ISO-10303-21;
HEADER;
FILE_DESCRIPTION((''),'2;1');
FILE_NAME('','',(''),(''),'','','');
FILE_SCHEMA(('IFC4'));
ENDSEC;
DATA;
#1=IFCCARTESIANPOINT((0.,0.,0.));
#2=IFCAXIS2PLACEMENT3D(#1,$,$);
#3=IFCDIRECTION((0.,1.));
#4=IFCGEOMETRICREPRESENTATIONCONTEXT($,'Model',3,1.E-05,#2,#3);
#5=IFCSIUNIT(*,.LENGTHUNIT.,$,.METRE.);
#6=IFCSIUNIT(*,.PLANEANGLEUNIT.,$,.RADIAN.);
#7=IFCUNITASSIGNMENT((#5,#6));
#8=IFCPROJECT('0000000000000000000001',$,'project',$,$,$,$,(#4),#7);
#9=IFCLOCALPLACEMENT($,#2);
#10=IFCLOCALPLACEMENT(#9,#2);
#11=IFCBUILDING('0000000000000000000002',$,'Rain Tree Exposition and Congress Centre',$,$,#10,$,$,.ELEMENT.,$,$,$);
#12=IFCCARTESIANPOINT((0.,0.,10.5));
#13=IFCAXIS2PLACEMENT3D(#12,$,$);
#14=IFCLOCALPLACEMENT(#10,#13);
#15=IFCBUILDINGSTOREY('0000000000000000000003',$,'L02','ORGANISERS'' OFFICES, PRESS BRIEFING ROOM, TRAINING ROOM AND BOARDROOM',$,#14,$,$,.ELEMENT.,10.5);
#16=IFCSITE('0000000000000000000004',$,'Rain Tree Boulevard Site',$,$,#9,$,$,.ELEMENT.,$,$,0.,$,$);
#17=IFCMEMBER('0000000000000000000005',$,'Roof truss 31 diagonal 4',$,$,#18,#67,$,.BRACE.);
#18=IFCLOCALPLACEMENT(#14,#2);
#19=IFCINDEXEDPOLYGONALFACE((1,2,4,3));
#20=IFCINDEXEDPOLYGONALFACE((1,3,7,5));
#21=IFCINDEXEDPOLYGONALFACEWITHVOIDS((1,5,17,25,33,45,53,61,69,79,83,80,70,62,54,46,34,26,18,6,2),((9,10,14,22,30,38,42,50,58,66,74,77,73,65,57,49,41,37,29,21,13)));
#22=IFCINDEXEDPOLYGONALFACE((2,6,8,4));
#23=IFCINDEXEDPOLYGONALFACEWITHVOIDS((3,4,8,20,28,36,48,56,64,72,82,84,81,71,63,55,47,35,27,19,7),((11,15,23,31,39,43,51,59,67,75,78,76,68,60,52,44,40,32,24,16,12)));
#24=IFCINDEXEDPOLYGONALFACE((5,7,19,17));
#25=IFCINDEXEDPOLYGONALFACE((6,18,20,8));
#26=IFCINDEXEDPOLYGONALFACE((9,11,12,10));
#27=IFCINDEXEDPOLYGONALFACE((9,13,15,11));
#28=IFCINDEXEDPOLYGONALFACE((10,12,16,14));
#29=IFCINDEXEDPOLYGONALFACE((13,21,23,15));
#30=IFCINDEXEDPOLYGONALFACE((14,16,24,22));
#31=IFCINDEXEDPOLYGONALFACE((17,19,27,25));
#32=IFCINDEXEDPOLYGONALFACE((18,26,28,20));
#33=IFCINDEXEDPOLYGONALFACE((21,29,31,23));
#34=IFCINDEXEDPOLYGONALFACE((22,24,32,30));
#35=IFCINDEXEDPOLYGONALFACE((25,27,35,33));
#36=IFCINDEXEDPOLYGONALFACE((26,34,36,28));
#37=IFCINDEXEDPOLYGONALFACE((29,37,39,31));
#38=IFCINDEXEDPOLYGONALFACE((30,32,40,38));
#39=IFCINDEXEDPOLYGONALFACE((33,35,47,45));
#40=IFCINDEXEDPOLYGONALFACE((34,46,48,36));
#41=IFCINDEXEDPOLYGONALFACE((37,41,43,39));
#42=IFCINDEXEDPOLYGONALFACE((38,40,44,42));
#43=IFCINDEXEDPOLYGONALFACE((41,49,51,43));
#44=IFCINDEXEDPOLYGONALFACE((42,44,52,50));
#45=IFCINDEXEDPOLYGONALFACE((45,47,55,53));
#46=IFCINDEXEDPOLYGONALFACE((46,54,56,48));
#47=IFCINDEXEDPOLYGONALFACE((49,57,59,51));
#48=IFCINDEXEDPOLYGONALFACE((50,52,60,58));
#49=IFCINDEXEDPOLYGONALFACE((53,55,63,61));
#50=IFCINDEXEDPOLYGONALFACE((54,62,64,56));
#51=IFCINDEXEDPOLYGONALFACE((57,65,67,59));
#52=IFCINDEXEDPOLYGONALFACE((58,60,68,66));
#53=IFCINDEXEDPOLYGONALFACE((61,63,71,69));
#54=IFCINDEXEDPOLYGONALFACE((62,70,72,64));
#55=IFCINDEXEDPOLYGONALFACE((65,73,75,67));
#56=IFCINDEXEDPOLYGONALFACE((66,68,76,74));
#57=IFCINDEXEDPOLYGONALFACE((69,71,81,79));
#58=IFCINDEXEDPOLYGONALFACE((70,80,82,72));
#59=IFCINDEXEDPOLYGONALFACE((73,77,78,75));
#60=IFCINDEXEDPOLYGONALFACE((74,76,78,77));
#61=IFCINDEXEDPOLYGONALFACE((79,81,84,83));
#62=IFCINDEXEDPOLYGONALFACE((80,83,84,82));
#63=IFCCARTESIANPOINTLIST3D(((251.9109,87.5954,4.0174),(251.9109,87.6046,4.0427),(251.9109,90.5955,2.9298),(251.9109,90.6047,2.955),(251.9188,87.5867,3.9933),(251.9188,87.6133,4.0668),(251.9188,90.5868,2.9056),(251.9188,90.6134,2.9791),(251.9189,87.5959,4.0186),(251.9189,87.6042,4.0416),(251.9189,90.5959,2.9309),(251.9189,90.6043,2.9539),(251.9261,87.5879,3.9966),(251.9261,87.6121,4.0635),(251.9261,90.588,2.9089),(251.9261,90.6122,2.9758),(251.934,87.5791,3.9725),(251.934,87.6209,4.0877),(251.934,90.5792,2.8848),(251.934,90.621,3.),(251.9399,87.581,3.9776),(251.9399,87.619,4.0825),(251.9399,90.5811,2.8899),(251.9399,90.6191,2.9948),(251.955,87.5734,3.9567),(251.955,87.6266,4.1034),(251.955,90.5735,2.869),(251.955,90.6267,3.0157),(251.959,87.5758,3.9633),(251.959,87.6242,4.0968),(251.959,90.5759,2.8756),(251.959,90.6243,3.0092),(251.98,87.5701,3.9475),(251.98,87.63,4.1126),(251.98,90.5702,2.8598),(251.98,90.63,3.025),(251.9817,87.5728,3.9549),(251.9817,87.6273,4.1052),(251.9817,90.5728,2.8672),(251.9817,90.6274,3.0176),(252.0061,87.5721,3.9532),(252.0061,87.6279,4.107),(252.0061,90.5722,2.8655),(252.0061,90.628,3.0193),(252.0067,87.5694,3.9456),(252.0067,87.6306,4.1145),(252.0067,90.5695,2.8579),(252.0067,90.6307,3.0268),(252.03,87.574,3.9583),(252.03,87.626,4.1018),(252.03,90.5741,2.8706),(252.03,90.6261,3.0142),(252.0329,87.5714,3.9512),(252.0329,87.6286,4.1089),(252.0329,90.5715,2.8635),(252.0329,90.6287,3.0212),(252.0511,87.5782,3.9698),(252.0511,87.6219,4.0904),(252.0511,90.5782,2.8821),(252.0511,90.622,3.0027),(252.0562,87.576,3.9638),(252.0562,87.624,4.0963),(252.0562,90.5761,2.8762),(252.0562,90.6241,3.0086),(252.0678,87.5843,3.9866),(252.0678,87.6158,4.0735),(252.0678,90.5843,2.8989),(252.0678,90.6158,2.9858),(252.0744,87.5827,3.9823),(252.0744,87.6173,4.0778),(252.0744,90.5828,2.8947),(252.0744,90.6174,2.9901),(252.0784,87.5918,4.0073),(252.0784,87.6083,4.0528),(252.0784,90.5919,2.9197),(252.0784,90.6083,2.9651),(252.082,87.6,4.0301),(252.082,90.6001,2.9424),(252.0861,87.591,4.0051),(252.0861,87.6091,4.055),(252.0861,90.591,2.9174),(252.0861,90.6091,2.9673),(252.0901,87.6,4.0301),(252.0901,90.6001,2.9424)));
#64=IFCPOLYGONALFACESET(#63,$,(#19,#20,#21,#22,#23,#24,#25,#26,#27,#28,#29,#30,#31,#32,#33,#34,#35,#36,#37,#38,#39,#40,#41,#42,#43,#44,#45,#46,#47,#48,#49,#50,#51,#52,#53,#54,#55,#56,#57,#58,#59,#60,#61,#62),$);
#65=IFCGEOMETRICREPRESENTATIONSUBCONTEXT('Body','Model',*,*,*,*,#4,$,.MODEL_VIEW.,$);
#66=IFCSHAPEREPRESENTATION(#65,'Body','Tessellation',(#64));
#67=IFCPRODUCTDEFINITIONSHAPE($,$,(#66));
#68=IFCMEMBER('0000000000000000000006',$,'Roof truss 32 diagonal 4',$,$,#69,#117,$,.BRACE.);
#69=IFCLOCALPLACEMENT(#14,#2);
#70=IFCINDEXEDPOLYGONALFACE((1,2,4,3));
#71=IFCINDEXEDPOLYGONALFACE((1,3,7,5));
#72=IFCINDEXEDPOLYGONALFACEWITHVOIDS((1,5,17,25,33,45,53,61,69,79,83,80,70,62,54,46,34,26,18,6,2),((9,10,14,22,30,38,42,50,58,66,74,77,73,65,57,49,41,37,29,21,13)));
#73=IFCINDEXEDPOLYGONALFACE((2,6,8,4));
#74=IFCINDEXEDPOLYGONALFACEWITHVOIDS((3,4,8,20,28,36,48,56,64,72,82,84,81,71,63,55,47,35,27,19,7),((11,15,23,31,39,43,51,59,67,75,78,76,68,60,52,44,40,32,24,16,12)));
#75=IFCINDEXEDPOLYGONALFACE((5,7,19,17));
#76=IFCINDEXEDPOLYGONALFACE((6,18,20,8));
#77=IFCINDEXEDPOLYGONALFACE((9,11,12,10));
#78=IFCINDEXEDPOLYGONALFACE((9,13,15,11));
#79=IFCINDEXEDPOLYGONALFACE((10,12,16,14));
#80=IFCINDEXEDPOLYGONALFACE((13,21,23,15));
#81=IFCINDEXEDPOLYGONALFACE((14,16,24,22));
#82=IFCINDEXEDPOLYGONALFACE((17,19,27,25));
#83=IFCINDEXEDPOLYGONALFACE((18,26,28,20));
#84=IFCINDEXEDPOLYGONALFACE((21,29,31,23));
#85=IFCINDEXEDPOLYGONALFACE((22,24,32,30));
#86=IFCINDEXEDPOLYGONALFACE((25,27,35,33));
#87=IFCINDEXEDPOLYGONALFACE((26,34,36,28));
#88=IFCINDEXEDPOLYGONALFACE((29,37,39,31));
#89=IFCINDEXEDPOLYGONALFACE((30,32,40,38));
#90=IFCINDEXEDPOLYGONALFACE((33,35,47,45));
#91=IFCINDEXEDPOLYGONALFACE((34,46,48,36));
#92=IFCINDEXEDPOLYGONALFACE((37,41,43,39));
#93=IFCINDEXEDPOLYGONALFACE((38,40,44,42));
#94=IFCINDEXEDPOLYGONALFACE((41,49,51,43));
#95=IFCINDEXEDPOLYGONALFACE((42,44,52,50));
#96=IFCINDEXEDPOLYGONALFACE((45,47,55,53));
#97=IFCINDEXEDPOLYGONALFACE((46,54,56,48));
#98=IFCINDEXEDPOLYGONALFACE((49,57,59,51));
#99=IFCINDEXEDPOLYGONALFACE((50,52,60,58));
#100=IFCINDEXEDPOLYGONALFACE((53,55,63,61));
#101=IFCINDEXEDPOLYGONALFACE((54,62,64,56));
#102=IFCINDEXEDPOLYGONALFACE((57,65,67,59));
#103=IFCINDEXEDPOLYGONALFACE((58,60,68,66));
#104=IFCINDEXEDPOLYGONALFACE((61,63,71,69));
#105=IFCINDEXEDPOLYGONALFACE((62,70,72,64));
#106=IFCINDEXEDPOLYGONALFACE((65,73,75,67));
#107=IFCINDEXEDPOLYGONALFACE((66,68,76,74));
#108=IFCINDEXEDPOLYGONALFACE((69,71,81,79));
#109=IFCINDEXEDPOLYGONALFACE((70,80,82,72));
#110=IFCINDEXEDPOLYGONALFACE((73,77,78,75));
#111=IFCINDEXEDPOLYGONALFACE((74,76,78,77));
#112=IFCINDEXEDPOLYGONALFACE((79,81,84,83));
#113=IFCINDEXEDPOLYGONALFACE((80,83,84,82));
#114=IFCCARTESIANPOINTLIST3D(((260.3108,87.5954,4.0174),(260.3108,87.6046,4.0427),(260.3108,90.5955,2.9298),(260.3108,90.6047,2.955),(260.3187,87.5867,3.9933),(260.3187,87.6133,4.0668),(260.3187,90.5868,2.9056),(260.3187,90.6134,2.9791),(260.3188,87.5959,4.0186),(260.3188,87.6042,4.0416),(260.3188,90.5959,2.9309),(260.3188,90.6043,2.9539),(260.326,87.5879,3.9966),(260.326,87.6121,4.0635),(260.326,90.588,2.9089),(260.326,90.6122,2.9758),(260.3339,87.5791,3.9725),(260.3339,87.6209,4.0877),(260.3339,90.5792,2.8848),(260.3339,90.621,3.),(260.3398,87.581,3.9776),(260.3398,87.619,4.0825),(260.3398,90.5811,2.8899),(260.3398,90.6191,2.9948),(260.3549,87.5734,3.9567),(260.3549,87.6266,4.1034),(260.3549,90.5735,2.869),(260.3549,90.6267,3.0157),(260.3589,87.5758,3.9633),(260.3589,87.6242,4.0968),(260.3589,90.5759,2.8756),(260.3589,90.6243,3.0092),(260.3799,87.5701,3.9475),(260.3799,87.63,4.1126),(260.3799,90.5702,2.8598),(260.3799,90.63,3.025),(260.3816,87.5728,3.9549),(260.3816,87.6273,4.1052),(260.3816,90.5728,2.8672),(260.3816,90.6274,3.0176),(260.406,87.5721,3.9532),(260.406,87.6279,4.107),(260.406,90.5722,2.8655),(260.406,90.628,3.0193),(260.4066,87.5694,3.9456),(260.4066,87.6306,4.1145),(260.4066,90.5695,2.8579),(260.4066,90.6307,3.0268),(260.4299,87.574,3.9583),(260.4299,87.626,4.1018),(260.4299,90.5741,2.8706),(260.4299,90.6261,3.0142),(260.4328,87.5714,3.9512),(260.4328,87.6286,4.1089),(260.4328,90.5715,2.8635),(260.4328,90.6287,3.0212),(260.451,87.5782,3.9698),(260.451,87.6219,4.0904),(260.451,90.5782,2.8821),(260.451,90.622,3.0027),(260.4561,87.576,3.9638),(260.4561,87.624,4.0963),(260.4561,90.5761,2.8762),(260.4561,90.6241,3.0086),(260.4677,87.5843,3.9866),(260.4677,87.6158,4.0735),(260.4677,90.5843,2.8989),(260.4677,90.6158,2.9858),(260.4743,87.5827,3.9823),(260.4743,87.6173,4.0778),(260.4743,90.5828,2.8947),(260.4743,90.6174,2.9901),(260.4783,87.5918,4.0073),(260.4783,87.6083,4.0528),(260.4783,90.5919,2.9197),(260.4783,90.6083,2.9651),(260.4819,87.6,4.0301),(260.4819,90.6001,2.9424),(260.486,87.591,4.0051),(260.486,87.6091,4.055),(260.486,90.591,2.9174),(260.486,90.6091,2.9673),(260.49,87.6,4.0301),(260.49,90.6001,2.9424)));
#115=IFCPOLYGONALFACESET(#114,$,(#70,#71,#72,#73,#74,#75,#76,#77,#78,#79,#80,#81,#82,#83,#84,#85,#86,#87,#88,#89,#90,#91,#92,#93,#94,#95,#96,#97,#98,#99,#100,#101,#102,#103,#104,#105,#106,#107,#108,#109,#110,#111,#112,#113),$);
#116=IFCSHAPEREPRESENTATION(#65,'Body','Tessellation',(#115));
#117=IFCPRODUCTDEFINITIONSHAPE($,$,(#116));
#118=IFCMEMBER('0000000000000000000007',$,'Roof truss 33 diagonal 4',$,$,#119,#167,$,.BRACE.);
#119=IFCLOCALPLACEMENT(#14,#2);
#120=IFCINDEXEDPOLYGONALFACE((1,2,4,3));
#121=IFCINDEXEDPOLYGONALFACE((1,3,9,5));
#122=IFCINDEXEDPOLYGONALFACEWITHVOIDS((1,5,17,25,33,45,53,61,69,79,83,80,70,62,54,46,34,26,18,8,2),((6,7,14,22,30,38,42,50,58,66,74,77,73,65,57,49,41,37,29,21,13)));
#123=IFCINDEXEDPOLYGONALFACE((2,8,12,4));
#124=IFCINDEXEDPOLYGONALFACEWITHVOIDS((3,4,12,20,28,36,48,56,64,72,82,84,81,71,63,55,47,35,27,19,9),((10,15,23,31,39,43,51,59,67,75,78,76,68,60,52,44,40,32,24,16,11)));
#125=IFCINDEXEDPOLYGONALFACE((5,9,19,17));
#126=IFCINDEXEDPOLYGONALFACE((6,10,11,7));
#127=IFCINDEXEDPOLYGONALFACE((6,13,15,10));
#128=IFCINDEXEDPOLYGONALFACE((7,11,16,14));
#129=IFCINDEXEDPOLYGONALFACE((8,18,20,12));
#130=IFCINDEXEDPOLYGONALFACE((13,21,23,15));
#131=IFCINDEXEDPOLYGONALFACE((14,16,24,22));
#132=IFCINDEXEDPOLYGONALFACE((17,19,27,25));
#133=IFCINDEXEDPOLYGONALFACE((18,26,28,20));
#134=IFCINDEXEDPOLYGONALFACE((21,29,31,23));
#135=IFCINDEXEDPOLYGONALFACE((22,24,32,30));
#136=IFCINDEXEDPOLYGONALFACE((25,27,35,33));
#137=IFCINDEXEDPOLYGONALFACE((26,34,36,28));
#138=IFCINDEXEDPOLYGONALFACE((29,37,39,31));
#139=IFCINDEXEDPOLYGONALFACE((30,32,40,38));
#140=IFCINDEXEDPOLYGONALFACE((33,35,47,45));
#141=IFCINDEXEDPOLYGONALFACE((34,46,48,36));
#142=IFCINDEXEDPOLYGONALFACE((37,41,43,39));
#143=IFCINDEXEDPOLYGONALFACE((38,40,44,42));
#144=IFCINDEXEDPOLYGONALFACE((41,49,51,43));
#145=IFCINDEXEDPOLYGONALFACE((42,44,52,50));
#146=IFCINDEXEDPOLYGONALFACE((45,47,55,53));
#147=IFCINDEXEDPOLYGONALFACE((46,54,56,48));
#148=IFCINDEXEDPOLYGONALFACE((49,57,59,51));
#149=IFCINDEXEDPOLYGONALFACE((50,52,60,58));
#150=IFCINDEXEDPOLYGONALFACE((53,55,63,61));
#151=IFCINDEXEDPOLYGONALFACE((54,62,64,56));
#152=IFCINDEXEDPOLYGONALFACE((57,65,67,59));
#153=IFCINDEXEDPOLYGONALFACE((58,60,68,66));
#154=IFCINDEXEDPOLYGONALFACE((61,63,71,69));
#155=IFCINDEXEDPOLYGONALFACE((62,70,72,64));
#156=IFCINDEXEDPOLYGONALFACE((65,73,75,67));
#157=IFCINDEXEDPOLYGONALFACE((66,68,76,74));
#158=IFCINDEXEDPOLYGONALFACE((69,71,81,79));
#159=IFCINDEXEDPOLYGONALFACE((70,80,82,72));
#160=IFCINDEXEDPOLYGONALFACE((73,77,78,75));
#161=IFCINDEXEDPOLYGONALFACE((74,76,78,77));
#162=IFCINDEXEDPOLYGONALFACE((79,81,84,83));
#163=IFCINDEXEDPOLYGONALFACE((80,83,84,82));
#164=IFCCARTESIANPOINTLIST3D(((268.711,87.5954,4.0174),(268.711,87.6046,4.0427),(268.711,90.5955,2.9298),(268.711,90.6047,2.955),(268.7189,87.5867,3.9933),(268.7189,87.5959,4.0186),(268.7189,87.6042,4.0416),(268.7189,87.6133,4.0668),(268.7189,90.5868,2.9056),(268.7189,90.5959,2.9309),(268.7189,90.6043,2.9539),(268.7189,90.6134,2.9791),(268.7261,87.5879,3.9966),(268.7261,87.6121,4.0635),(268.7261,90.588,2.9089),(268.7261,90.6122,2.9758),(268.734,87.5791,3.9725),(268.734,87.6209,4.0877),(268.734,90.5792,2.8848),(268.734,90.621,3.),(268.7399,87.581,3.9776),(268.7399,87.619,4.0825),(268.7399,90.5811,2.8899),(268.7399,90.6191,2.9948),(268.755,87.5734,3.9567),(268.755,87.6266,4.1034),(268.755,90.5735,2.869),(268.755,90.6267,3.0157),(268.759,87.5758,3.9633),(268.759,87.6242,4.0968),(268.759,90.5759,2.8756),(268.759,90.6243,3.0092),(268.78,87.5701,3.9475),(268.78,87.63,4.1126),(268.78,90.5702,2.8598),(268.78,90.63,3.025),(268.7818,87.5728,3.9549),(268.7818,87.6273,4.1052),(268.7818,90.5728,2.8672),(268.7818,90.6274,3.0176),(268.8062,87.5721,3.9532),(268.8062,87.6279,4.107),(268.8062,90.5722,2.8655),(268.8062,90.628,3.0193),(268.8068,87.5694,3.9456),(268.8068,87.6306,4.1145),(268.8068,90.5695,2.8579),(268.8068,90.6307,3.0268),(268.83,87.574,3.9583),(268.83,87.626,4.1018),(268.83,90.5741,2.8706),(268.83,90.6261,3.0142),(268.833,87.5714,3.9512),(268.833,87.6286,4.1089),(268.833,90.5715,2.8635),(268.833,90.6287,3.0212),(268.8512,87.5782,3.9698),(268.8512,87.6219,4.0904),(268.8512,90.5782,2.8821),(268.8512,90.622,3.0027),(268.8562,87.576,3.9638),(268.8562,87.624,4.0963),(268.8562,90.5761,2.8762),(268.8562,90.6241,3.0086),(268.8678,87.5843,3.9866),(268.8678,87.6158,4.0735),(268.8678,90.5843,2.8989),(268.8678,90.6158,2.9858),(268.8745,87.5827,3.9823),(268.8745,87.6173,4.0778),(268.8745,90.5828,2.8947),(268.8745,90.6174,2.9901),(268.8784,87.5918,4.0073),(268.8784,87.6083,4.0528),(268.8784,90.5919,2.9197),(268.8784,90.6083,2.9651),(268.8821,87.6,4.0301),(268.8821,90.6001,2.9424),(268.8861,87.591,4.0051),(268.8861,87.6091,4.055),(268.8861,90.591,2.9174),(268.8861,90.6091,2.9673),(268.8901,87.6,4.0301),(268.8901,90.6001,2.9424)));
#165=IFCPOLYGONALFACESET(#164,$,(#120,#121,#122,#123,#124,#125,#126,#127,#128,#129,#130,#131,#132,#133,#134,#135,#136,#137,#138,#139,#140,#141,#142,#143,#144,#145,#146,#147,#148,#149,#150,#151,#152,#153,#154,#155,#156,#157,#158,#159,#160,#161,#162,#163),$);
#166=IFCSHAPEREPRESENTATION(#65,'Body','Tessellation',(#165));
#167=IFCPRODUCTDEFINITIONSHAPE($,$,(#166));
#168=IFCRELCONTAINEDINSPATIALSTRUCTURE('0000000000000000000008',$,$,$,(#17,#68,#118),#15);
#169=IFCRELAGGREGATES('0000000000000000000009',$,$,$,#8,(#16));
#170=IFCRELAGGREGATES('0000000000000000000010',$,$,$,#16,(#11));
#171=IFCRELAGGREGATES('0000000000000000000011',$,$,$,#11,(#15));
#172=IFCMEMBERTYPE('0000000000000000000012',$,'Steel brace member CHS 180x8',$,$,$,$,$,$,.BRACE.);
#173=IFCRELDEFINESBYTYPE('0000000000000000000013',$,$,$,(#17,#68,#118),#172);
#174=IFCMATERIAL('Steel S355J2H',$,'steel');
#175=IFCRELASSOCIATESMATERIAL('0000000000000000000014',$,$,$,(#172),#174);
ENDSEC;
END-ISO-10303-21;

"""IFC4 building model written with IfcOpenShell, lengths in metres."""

from ifc_helpers import new_model, si_unit, direction, frame, origin, origin_2d, place, context, subcontext, project, spatial, hollow_circle, extrude, material, material_profile, profile_set, type_object, element, save


model = new_model("IFC4")

# Units and contexts
model_context = context("Model", 3, precision=1e-05, world=origin(), true_north=direction((0.0, 1.0)))
body_context = subcontext(model_context, "Body", "Model", "MODEL_VIEW")
ifc_project = project(units=[si_unit("LENGTHUNIT", "METRE"), si_unit("PLANEANGLEUNIT", "RADIAN")], contexts=[model_context])

# Site, building, storey
site_placement = place(None, origin())
site = spatial("IfcSite", under=ifc_project, at=site_placement, Name="Rain Tree Boulevard Site", CompositionType="ELEMENT", RefElevation=0.0)
building_placement = place(site_placement, origin())
building = spatial("IfcBuilding", under=site, at=building_placement, Name="Rain Tree Exposition and Congress Centre", CompositionType="ELEMENT")
storey_placement = place(building_placement, frame((0.0, 0.0, 10.5)))
storey = spatial("IfcBuildingStorey", under=building, at=storey_placement, Name="L02", Description="ORGANISERS' OFFICES, PRESS BRIEFING ROOM, TRAINING ROOM AND BOARDROOM", CompositionType="ELEMENT", Elevation=10.5)

# Members
ifc_material_1 = material(Name="Steel S355J2H", Category="steel")
ifc_material_profile_1 = material_profile(ifc_material_1, hollow_circle(Radius=0.0901, WallThickness=0.0081, at=origin_2d()), Name="CHS 180x8")
ifc_profile_set_1 = profile_set([ifc_material_profile_1], Name="Steel S355J2H")
member_type_1 = type_object("IfcMemberType", Name="Steel brace member CHS 180x8", PredefinedType="BRACE", material=ifc_profile_set_1)
for number, where, z_axis, x_axis, name in (
    (1, (252.0, 90.6001, 2.9424), (0.0, -0.940121, 0.34084), (1.0, 0.0, 0.0), "Roof truss 31 diagonal 4"),
    (2, (260.3999, 90.6001, 2.9424), (0.0, -0.940121, 0.34084), (1.0, 0.0, 0.0), "Roof truss 32 diagonal 4"),
    (3, (268.8, 90.6001, 2.9424), (0.0, -0.940121, 0.34084), (1.0, 0.0, 0.0), "Roof truss 33 diagonal 4"),
):
    element("IfcMember", number, at=place(storey_placement, frame(where, z_axis=z_axis, x_axis=x_axis)), inside=storey, type_object=member_type_1, Name=name, PredefinedType="BRACE", context=body_context, shape_type="SweptSolid", body=[
        extrude(hollow_circle(Radius=0.0901, WallThickness=0.0081, at=origin_2d()), origin(), (0.0, 0.0, 1.0), 3.1912),
    ])

save(model, "model.ifc")
